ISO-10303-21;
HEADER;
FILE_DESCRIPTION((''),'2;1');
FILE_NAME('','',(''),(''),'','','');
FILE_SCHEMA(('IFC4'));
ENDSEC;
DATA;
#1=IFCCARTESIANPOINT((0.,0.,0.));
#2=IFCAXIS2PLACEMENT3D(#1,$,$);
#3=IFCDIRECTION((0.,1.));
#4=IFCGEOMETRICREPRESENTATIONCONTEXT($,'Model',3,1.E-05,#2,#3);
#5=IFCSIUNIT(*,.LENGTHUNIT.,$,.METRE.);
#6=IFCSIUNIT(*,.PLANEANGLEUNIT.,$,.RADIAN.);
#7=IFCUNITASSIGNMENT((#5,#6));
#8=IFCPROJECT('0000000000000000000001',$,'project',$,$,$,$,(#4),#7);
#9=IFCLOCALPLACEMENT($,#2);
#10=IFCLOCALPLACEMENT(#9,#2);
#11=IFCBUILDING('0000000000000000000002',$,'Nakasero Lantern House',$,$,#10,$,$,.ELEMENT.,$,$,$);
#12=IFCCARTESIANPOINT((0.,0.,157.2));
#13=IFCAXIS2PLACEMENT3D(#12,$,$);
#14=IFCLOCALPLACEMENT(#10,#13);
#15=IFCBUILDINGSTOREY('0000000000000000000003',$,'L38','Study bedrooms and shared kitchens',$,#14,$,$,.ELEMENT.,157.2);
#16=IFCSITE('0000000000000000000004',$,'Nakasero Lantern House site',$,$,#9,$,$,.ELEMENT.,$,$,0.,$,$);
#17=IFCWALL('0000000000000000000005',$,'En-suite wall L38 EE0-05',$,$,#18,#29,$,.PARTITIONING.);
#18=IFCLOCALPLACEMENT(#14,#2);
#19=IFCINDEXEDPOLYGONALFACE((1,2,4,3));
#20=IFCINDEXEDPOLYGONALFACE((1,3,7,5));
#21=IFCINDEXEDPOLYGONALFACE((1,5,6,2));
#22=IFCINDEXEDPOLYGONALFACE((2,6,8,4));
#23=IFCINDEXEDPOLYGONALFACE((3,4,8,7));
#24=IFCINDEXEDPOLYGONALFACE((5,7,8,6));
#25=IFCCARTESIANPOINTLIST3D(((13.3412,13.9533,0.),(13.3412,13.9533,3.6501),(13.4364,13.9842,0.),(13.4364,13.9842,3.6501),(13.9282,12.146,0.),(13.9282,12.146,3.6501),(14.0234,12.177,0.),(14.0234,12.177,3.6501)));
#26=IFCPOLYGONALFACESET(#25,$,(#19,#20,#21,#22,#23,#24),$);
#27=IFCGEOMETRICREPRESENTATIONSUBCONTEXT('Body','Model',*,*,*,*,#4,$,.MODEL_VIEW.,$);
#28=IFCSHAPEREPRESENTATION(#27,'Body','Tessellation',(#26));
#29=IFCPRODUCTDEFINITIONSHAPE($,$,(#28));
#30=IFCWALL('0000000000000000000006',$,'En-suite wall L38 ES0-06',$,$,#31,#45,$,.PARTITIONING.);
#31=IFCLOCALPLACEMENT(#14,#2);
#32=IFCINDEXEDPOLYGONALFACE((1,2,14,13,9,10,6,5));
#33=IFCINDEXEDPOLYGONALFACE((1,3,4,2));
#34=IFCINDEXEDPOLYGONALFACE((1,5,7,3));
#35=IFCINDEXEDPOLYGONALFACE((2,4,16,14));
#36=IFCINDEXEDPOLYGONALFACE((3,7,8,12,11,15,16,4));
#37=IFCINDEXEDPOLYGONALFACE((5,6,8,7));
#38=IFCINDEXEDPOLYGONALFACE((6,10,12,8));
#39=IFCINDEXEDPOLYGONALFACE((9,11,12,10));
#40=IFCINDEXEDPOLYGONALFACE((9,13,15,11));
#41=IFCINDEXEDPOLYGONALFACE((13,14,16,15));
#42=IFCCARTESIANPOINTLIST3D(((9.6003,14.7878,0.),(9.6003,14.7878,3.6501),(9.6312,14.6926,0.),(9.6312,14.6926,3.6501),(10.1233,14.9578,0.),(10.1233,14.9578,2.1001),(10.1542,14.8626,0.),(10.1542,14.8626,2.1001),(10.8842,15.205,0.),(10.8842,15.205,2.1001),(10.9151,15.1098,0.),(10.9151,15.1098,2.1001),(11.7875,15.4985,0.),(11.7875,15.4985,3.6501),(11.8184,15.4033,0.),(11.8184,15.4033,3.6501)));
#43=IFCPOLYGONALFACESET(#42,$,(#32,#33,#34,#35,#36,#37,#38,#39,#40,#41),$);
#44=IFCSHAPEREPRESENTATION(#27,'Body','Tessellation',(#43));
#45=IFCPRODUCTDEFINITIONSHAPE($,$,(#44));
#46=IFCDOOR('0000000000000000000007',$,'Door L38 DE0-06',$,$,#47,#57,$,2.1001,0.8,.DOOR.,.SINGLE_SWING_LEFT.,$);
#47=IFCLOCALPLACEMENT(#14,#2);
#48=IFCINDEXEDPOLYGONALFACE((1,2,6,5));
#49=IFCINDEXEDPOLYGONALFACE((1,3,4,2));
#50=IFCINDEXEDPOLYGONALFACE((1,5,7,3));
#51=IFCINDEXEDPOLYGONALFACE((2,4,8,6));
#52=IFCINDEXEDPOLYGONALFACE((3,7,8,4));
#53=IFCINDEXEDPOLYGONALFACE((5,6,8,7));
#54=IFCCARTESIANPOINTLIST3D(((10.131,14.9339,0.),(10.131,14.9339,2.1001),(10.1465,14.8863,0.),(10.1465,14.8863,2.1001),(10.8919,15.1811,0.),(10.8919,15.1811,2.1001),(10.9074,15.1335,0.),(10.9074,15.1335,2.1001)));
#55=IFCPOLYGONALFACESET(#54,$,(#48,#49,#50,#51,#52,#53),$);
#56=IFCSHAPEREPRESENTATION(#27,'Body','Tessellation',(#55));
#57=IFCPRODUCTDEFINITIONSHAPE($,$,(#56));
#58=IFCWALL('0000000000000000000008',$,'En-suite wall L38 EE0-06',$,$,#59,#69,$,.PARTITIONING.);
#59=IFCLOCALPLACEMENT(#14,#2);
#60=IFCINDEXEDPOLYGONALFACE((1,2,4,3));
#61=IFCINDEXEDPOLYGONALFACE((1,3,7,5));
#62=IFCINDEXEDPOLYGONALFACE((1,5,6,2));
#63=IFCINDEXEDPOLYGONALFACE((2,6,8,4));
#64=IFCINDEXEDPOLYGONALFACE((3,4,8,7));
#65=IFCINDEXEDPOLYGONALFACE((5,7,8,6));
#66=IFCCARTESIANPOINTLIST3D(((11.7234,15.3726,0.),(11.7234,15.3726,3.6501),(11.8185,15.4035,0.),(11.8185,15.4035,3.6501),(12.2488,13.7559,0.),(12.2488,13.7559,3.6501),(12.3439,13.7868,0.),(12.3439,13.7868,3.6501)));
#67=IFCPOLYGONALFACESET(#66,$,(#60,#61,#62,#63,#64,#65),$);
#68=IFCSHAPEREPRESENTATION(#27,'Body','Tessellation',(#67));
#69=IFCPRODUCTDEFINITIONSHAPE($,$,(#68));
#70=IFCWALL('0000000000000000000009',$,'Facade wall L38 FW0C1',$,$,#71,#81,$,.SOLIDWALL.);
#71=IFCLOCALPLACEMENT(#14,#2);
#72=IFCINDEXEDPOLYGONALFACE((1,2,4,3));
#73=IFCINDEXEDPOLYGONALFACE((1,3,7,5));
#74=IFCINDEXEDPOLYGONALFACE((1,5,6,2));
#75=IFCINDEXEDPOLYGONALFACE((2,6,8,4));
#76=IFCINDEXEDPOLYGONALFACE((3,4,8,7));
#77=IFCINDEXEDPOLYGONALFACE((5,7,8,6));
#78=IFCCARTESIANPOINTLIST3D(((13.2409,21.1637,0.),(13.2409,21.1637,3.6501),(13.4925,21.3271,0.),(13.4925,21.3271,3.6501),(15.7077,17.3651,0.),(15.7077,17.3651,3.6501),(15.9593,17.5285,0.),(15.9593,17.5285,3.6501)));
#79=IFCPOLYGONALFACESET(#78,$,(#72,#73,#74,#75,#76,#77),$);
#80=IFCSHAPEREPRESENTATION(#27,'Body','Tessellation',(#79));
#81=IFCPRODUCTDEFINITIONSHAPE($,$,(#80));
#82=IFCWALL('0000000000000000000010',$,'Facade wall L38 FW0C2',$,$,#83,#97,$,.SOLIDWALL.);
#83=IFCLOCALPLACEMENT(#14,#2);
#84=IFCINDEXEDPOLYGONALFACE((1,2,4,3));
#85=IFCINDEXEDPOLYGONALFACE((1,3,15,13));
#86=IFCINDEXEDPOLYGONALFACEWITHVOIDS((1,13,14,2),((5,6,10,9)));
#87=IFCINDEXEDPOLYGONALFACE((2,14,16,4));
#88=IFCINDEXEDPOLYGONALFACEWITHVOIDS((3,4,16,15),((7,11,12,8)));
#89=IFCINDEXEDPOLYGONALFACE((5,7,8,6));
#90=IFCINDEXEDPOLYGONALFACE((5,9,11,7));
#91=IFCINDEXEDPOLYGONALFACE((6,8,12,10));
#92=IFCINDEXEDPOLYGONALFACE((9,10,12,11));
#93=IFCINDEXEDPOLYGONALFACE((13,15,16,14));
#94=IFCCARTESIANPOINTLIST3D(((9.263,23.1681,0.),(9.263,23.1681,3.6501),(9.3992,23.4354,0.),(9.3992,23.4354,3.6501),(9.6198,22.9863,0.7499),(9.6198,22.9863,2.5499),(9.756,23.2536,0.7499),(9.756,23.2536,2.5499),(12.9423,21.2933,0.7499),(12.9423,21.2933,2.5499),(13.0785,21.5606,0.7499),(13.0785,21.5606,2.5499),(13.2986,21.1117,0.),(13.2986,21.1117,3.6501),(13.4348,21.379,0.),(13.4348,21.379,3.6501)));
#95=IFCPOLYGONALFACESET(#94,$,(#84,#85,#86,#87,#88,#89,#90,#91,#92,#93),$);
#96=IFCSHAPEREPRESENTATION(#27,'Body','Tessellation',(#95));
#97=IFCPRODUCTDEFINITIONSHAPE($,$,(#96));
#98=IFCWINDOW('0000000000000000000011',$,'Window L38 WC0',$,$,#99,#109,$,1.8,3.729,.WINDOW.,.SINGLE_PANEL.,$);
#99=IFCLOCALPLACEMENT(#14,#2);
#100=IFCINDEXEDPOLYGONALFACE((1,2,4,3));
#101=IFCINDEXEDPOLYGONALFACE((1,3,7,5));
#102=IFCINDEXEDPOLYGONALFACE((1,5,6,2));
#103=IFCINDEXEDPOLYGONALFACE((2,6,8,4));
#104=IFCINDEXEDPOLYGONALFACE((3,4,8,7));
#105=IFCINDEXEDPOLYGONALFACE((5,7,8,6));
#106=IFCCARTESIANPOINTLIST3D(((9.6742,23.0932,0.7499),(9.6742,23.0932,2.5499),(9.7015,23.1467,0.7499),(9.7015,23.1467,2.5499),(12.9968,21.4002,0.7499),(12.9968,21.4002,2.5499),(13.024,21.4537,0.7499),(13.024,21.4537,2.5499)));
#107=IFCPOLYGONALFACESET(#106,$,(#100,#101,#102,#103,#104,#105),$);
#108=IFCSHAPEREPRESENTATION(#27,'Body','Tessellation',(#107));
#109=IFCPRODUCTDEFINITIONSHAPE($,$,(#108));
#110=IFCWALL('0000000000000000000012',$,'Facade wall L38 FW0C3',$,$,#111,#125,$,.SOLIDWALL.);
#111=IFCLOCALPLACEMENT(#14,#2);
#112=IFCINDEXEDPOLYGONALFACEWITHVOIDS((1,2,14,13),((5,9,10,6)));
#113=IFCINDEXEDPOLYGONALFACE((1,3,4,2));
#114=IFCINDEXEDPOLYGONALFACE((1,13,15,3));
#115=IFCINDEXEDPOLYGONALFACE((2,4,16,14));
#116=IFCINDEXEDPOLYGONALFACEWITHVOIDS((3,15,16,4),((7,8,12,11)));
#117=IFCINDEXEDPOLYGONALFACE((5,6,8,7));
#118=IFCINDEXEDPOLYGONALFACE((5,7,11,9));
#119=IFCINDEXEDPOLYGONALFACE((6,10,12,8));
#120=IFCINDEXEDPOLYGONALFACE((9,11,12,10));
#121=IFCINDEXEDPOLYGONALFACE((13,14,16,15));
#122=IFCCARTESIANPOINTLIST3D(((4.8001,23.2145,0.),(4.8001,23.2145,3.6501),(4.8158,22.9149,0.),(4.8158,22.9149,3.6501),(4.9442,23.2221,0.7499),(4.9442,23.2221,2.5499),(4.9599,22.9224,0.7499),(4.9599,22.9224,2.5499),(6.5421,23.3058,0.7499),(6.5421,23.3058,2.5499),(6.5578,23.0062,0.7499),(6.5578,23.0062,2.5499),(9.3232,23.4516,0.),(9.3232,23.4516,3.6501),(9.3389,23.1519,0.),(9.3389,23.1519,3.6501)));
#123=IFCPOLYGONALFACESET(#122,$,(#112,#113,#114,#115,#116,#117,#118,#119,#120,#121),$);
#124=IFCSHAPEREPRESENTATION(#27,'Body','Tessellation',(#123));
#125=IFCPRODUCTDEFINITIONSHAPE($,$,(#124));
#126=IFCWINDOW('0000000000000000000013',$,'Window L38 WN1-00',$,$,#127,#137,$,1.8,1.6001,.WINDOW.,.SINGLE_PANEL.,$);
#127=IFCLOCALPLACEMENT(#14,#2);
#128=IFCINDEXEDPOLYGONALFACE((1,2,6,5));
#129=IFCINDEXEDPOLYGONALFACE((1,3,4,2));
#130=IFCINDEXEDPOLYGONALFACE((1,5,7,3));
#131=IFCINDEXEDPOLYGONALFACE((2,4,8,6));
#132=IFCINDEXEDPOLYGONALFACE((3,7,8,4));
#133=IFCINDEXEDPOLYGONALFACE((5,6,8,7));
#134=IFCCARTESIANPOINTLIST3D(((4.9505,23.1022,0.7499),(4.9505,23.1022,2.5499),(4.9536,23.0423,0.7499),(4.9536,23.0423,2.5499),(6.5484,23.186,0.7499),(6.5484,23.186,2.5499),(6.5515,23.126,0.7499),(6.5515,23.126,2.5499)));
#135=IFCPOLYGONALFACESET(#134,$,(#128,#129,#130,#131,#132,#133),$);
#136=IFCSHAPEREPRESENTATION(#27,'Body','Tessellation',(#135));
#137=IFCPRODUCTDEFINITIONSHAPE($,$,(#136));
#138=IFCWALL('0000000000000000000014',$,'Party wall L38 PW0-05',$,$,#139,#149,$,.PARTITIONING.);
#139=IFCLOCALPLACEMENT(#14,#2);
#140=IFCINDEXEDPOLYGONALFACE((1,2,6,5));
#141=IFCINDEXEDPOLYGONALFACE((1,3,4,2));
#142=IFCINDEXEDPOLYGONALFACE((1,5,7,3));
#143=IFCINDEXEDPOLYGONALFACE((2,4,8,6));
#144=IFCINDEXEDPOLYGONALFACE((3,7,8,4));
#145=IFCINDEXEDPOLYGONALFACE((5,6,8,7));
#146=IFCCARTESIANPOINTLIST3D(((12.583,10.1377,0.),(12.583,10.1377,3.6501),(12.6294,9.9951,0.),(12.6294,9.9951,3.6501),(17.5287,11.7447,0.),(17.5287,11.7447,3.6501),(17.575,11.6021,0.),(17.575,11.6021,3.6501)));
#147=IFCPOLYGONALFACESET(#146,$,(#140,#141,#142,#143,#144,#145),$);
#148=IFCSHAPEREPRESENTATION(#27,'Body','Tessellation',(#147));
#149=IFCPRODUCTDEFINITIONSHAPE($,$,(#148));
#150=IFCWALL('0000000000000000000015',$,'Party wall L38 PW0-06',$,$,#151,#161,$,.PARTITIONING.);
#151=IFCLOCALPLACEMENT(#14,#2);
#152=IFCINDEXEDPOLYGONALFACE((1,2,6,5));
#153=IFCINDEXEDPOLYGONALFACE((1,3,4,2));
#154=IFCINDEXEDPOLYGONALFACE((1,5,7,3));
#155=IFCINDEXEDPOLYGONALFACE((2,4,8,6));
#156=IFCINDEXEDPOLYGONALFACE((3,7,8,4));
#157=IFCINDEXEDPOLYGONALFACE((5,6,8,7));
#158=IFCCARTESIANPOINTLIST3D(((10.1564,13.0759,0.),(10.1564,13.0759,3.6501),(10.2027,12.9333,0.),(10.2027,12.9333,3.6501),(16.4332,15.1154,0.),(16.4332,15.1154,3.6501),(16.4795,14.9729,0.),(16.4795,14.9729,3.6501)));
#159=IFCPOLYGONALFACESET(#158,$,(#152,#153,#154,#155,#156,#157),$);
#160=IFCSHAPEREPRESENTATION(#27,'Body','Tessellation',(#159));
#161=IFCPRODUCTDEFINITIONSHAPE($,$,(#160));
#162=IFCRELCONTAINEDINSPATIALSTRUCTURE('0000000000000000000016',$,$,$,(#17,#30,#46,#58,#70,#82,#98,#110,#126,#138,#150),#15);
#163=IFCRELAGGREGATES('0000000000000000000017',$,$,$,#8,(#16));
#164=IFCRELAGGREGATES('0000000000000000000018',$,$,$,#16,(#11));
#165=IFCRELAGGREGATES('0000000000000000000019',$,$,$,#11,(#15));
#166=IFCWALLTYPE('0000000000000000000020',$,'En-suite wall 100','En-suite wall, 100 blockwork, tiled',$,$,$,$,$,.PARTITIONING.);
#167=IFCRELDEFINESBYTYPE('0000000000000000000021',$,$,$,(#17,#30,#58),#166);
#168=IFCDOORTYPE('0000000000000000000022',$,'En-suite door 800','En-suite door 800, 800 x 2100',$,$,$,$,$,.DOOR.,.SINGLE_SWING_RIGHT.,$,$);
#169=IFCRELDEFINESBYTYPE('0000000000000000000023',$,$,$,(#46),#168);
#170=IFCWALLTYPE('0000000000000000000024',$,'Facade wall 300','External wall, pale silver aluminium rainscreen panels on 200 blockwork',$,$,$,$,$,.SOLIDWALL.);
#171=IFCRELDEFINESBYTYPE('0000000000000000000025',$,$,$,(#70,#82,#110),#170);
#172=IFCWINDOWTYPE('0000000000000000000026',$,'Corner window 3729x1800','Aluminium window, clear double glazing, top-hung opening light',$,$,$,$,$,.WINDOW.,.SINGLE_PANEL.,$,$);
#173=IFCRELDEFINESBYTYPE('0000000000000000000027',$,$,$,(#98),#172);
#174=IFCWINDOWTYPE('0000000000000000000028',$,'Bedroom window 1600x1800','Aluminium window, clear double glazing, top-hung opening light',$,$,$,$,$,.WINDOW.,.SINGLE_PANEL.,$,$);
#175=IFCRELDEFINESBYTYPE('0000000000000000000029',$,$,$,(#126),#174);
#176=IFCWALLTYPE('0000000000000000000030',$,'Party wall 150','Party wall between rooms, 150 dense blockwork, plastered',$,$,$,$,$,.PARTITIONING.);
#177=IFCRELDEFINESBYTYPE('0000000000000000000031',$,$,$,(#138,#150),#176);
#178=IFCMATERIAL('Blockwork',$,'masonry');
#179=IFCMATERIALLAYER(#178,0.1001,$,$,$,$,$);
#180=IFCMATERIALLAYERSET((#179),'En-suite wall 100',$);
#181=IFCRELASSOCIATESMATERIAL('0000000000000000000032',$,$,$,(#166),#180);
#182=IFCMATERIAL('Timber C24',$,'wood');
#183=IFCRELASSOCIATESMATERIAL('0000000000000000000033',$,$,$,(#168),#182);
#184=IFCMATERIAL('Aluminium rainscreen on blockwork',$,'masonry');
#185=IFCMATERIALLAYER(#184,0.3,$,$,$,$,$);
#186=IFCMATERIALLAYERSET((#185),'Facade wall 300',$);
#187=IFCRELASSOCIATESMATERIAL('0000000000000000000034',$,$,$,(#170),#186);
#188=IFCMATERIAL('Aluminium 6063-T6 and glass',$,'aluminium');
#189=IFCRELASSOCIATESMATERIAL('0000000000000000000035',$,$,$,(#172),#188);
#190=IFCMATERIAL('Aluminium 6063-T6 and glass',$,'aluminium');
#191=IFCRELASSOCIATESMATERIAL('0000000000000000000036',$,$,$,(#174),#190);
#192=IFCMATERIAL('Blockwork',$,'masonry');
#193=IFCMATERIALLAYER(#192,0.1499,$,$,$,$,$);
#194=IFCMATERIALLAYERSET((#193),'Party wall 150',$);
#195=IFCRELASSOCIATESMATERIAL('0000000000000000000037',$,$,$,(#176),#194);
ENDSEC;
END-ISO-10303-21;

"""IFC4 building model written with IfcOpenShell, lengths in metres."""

from ifc_helpers import new_model, si_unit, direction, frame, frame_2d, origin, place, context, subcontext, project, spatial, rectangle, extrude, material, layer, layer_set, type_object, element, fill, save


model = new_model("IFC4")

# Units and contexts
model_context = context("Model", 3, precision=1e-05, world=origin(), true_north=direction((0.0, 1.0)))
body_context = subcontext(model_context, "Body", "Model", "MODEL_VIEW")
ifc_project = project(units=[si_unit("LENGTHUNIT", "METRE"), si_unit("PLANEANGLEUNIT", "RADIAN")], contexts=[model_context])

# Site, building, storey
site_placement = place(None, origin())
site = spatial("IfcSite", under=ifc_project, at=site_placement, Name="Nakasero Lantern House site", CompositionType="ELEMENT", RefElevation=0.0)
building_placement = place(site_placement, origin())
building = spatial("IfcBuilding", under=site, at=building_placement, Name="Nakasero Lantern House", CompositionType="ELEMENT")
storey_placement = place(building_placement, frame((0.0, 0.0, 157.2)))
storey = spatial("IfcBuildingStorey", under=building, at=storey_placement, Name="L38", Description="Study bedrooms and shared kitchens", CompositionType="ELEMENT", Elevation=157.2)

# Shared definitions
ifc_material_1 = material(Name="Blockwork", Category="masonry")
ifc_layer_1 = layer(ifc_material_1, 0.1001)
ifc_layer_set_1 = layer_set([ifc_layer_1], Name="En-suite wall 100")
wall_type_1 = type_object("IfcWallType", Name="En-suite wall 100", Description="En-suite wall, 100 blockwork, tiled", PredefinedType="PARTITIONING", material=ifc_layer_set_1)
ifc_material_2 = material(Name="Timber C24", Category="wood")
door_type_1 = type_object("IfcDoorType", Name="En-suite door 800", Description="En-suite door 800, 800 x 2100", OperationType="SINGLE_SWING_RIGHT", PredefinedType="DOOR", material=ifc_material_2)

# Wall
wall_1_placement = place(storey_placement, frame((13.9758, 12.1614, 0.0), z_axis=(0.0, 0.0, 1.0), x_axis=(-0.308894, 0.951096, 0.0)))
element("IfcWall", 1, at=wall_1_placement, inside=storey, type_object=wall_type_1, Name="En-suite wall L38 EE0-05", PredefinedType="PARTITIONING", context=body_context, shape_type="SweptSolid", body=[
    extrude(rectangle(XDim=1.9001, YDim=0.1001, at=frame_2d((0.9502, 0.0))), origin(), (0.0, 0.0, 1.0), 3.6501),
])

# Wall, opening, door
wall_2_placement = place(storey_placement, frame((9.6157, 14.7402, 0.0), z_axis=(0.0, 0.0, 1.0), x_axis=(0.951055, 0.309021, 0.0)))
wall_2 = element("IfcWall", 2, at=wall_2_placement, inside=storey, type_object=wall_type_1, Name="En-suite wall L38 ES0-06", PredefinedType="PARTITIONING", context=body_context, shape_type="SweptSolid", body=[
    extrude(rectangle(XDim=2.2998, YDim=0.1001, at=frame_2d((1.1499, 0.0))), origin(), (0.0, 0.0, 1.0), 3.6501),
])
opening_1_placement = place(wall_2_placement, frame((0.55, 0.0, 0.0)))
opening_1 = element("IfcOpeningElement", 3, at=opening_1_placement, cuts=wall_2, PredefinedType="OPENING", context=body_context, shape_type="SweptSolid", body=[
    extrude(rectangle(XDim=0.8, YDim=2.1001, at=frame_2d((0.3999, 1.05))), frame((0.0, 0.0701, 0.0), z_axis=(0.0, -1.0, 0.0), x_axis=(1.0, 0.0, 0.0)), (0.0, 0.0, 1.0), 0.1401),
])
door_1_placement = place(opening_1_placement, origin())
door_1 = element("IfcDoor", 4, at=door_1_placement, inside=storey, type_object=door_type_1, Name="Door L38 DE0-06", OperationType="SINGLE_SWING_LEFT", OverallHeight=2.1001, OverallWidth=0.8, PredefinedType="DOOR", context=body_context, shape_type="SweptSolid", body=[
    extrude(rectangle(XDim=0.8, YDim=2.1001, at=frame_2d((0.3999, 1.05))), frame((0.0, 0.0249, 0.0), z_axis=(0.0, -1.0, 0.0), x_axis=(1.0, 0.0, 0.0)), (0.0, 0.0, 1.0), 0.05),
])
fill(opening_1, door_1)

# Walls
wall_3_placement = place(storey_placement, frame((12.2964, 13.7712, 0.0), z_axis=(0.0, 0.0, 1.0), x_axis=(-0.309067, 0.95104, 0.0)))
element("IfcWall", 5, at=wall_3_placement, inside=storey, type_object=wall_type_1, Name="En-suite wall L38 EE0-06", PredefinedType="PARTITIONING", context=body_context, shape_type="SweptSolid", body=[
    extrude(rectangle(XDim=1.7, YDim=0.1001, at=frame_2d((0.8501, 0.0))), origin(), (0.0, 0.0, 1.0), 3.6501),
])
ifc_material_3 = material(Name="Aluminium rainscreen on blockwork", Category="masonry")
ifc_layer_2 = layer(ifc_material_3, 0.3)
ifc_layer_set_2 = layer_set([ifc_layer_2], Name="Facade wall 300")
wall_type_2 = type_object("IfcWallType", Name="Facade wall 300", Description="External wall, pale silver aluminium rainscreen panels on 200 blockwork", PredefinedType="SOLIDWALL", material=ifc_layer_set_2)
wall_4_placement = place(storey_placement, frame((15.8335, 17.4468, 0.0), z_axis=(0.0, 0.0, 1.0), x_axis=(-0.544634, 0.838674, 0.0)))
element("IfcWall", 6, at=wall_4_placement, inside=storey, type_object=wall_type_2, Name="Facade wall L38 FW0C1", PredefinedType="SOLIDWALL", context=body_context, shape_type="SweptSolid", body=[
    extrude(rectangle(XDim=4.5293, YDim=0.3, at=frame_2d((2.2646, 0.0))), origin(), (0.0, 0.0, 1.0), 3.6501),
])

# Walls, openings, windows
wall_5_placement = place(storey_placement, frame((13.3667, 21.2454, 0.0), z_axis=(0.0, 0.0, 1.0), x_axis=(-0.890995, 0.454014, 0.0)))
wall_5 = element("IfcWall", 7, at=wall_5_placement, inside=storey, type_object=wall_type_2, Name="Facade wall L38 FW0C2", PredefinedType="SOLIDWALL", context=body_context, shape_type="SweptSolid", body=[
    extrude(rectangle(XDim=4.5293, YDim=0.3, at=frame_2d((2.2646, 0.0))), origin(), (0.0, 0.0, 1.0), 3.6501),
])
opening_2_placement = place(wall_5_placement, frame((0.3999, 0.0, 0.75)))
opening_2 = element("IfcOpeningElement", 8, at=opening_2_placement, cuts=wall_5, PredefinedType="OPENING", context=body_context, shape_type="SweptSolid", body=[
    extrude(rectangle(XDim=3.729, YDim=1.8, at=frame_2d((1.8645, 0.8999))), frame((0.0, 0.1699, 0.0), z_axis=(0.0, -1.0, 0.0), x_axis=(1.0, 0.0, 0.0)), (0.0, 0.0, 1.0), 0.3401),
])
ifc_material_4 = material(Name="Aluminium 6063-T6 and glass", Category="aluminium")
window_type_1 = type_object("IfcWindowType", Name="Corner window 3729x1800", Description="Aluminium window, clear double glazing, top-hung opening light", PartitioningType="SINGLE_PANEL", PredefinedType="WINDOW", material=ifc_material_4)
window_1_placement = place(opening_2_placement, origin())
window_1 = element("IfcWindow", 9, at=window_1_placement, inside=storey, type_object=window_type_1, Name="Window L38 WC0", OverallHeight=1.8, OverallWidth=3.729, PartitioningType="SINGLE_PANEL", PredefinedType="WINDOW", context=body_context, shape_type="SweptSolid", body=[
    extrude(rectangle(XDim=3.729, YDim=1.8, at=frame_2d((1.8645, 0.8999))), frame((0.0, 0.03, 0.0), z_axis=(0.0, -1.0, 0.0), x_axis=(1.0, 0.0, 0.0)), (0.0, 0.0, 1.0), 0.0601),
])
fill(opening_2, window_1)
wall_6_placement = place(storey_placement, frame((9.3311, 23.3018, 0.0), z_axis=(0.0, 0.0, 1.0), x_axis=(-0.998629, -0.052338, 0.0)))
wall_6 = element("IfcWall", 10, at=wall_6_placement, inside=storey, type_object=wall_type_2, Name="Facade wall L38 FW0C3", PredefinedType="SOLIDWALL", context=body_context, shape_type="SweptSolid", body=[
    extrude(rectangle(XDim=4.5293, YDim=0.3, at=frame_2d((2.2646, 0.0))), origin(), (0.0, 0.0, 1.0), 3.6501),
])
opening_3_placement = place(wall_6_placement, frame((2.7849, 0.0, 0.75)))
opening_3 = element("IfcOpeningElement", 11, at=opening_3_placement, cuts=wall_6, PredefinedType="OPENING", context=body_context, shape_type="SweptSolid", body=[
    extrude(rectangle(XDim=1.6001, YDim=1.8, at=frame_2d((0.8, 0.8999))), frame((0.0, 0.1699, 0.0), z_axis=(0.0, -1.0, 0.0), x_axis=(1.0, 0.0, 0.0)), (0.0, 0.0, 1.0), 0.3401),
])
ifc_material_5 = material(Name="Aluminium 6063-T6 and glass", Category="aluminium")
window_type_2 = type_object("IfcWindowType", Name="Bedroom window 1600x1800", Description="Aluminium window, clear double glazing, top-hung opening light", PartitioningType="SINGLE_PANEL", PredefinedType="WINDOW", material=ifc_material_5)
window_2_placement = place(opening_3_placement, origin())
window_2 = element("IfcWindow", 12, at=window_2_placement, inside=storey, type_object=window_type_2, Name="Window L38 WN1-00", OverallHeight=1.8, OverallWidth=1.6001, PartitioningType="SINGLE_PANEL", PredefinedType="WINDOW", context=body_context, shape_type="SweptSolid", body=[
    extrude(rectangle(XDim=1.6001, YDim=1.8, at=frame_2d((0.8, 0.8999))), frame((0.0, 0.03, 0.0), z_axis=(0.0, -1.0, 0.0), x_axis=(1.0, 0.0, 0.0)), (0.0, 0.0, 1.0), 0.0601),
])
fill(opening_3, window_2)

# Walls
ifc_material_6 = material(Name="Blockwork", Category="masonry")
ifc_layer_3 = layer(ifc_material_6, 0.1499)
ifc_layer_set_3 = layer_set([ifc_layer_3], Name="Party wall 150")
wall_type_3 = type_object("IfcWallType", Name="Party wall 150", Description="Party wall between rooms, 150 dense blockwork, plastered", PredefinedType="PARTITIONING", material=ifc_layer_set_3)
wall_7_placement = place(storey_placement, frame((12.6062, 10.0664, 0.0), z_axis=(0.0, 0.0, 1.0), x_axis=(0.951055, 0.309021, 0.0)))
element("IfcWall", 13, at=wall_7_placement, inside=storey, type_object=wall_type_3, Name="Party wall L38 PW0-05", PredefinedType="PARTITIONING", context=body_context, shape_type="SweptSolid", body=[
    extrude(rectangle(XDim=5.2002, YDim=0.1499, at=frame_2d((2.6001, 0.0))), origin(), (0.0, 0.0, 1.0), 3.6501),
])
wall_8_placement = place(storey_placement, frame((10.1797, 13.0046, 0.0), z_axis=(0.0, 0.0, 1.0), x_axis=(0.951053, 0.309028, 0.0)))
element("IfcWall", 14, at=wall_8_placement, inside=storey, type_object=wall_type_3, Name="Party wall L38 PW0-06", PredefinedType="PARTITIONING", context=body_context, shape_type="SweptSolid", body=[
    extrude(rectangle(XDim=6.5999, YDim=0.1499, at=frame_2d((3.2998, 0.0))), origin(), (0.0, 0.0, 1.0), 3.6501),
])

save(model, "model.ifc")
